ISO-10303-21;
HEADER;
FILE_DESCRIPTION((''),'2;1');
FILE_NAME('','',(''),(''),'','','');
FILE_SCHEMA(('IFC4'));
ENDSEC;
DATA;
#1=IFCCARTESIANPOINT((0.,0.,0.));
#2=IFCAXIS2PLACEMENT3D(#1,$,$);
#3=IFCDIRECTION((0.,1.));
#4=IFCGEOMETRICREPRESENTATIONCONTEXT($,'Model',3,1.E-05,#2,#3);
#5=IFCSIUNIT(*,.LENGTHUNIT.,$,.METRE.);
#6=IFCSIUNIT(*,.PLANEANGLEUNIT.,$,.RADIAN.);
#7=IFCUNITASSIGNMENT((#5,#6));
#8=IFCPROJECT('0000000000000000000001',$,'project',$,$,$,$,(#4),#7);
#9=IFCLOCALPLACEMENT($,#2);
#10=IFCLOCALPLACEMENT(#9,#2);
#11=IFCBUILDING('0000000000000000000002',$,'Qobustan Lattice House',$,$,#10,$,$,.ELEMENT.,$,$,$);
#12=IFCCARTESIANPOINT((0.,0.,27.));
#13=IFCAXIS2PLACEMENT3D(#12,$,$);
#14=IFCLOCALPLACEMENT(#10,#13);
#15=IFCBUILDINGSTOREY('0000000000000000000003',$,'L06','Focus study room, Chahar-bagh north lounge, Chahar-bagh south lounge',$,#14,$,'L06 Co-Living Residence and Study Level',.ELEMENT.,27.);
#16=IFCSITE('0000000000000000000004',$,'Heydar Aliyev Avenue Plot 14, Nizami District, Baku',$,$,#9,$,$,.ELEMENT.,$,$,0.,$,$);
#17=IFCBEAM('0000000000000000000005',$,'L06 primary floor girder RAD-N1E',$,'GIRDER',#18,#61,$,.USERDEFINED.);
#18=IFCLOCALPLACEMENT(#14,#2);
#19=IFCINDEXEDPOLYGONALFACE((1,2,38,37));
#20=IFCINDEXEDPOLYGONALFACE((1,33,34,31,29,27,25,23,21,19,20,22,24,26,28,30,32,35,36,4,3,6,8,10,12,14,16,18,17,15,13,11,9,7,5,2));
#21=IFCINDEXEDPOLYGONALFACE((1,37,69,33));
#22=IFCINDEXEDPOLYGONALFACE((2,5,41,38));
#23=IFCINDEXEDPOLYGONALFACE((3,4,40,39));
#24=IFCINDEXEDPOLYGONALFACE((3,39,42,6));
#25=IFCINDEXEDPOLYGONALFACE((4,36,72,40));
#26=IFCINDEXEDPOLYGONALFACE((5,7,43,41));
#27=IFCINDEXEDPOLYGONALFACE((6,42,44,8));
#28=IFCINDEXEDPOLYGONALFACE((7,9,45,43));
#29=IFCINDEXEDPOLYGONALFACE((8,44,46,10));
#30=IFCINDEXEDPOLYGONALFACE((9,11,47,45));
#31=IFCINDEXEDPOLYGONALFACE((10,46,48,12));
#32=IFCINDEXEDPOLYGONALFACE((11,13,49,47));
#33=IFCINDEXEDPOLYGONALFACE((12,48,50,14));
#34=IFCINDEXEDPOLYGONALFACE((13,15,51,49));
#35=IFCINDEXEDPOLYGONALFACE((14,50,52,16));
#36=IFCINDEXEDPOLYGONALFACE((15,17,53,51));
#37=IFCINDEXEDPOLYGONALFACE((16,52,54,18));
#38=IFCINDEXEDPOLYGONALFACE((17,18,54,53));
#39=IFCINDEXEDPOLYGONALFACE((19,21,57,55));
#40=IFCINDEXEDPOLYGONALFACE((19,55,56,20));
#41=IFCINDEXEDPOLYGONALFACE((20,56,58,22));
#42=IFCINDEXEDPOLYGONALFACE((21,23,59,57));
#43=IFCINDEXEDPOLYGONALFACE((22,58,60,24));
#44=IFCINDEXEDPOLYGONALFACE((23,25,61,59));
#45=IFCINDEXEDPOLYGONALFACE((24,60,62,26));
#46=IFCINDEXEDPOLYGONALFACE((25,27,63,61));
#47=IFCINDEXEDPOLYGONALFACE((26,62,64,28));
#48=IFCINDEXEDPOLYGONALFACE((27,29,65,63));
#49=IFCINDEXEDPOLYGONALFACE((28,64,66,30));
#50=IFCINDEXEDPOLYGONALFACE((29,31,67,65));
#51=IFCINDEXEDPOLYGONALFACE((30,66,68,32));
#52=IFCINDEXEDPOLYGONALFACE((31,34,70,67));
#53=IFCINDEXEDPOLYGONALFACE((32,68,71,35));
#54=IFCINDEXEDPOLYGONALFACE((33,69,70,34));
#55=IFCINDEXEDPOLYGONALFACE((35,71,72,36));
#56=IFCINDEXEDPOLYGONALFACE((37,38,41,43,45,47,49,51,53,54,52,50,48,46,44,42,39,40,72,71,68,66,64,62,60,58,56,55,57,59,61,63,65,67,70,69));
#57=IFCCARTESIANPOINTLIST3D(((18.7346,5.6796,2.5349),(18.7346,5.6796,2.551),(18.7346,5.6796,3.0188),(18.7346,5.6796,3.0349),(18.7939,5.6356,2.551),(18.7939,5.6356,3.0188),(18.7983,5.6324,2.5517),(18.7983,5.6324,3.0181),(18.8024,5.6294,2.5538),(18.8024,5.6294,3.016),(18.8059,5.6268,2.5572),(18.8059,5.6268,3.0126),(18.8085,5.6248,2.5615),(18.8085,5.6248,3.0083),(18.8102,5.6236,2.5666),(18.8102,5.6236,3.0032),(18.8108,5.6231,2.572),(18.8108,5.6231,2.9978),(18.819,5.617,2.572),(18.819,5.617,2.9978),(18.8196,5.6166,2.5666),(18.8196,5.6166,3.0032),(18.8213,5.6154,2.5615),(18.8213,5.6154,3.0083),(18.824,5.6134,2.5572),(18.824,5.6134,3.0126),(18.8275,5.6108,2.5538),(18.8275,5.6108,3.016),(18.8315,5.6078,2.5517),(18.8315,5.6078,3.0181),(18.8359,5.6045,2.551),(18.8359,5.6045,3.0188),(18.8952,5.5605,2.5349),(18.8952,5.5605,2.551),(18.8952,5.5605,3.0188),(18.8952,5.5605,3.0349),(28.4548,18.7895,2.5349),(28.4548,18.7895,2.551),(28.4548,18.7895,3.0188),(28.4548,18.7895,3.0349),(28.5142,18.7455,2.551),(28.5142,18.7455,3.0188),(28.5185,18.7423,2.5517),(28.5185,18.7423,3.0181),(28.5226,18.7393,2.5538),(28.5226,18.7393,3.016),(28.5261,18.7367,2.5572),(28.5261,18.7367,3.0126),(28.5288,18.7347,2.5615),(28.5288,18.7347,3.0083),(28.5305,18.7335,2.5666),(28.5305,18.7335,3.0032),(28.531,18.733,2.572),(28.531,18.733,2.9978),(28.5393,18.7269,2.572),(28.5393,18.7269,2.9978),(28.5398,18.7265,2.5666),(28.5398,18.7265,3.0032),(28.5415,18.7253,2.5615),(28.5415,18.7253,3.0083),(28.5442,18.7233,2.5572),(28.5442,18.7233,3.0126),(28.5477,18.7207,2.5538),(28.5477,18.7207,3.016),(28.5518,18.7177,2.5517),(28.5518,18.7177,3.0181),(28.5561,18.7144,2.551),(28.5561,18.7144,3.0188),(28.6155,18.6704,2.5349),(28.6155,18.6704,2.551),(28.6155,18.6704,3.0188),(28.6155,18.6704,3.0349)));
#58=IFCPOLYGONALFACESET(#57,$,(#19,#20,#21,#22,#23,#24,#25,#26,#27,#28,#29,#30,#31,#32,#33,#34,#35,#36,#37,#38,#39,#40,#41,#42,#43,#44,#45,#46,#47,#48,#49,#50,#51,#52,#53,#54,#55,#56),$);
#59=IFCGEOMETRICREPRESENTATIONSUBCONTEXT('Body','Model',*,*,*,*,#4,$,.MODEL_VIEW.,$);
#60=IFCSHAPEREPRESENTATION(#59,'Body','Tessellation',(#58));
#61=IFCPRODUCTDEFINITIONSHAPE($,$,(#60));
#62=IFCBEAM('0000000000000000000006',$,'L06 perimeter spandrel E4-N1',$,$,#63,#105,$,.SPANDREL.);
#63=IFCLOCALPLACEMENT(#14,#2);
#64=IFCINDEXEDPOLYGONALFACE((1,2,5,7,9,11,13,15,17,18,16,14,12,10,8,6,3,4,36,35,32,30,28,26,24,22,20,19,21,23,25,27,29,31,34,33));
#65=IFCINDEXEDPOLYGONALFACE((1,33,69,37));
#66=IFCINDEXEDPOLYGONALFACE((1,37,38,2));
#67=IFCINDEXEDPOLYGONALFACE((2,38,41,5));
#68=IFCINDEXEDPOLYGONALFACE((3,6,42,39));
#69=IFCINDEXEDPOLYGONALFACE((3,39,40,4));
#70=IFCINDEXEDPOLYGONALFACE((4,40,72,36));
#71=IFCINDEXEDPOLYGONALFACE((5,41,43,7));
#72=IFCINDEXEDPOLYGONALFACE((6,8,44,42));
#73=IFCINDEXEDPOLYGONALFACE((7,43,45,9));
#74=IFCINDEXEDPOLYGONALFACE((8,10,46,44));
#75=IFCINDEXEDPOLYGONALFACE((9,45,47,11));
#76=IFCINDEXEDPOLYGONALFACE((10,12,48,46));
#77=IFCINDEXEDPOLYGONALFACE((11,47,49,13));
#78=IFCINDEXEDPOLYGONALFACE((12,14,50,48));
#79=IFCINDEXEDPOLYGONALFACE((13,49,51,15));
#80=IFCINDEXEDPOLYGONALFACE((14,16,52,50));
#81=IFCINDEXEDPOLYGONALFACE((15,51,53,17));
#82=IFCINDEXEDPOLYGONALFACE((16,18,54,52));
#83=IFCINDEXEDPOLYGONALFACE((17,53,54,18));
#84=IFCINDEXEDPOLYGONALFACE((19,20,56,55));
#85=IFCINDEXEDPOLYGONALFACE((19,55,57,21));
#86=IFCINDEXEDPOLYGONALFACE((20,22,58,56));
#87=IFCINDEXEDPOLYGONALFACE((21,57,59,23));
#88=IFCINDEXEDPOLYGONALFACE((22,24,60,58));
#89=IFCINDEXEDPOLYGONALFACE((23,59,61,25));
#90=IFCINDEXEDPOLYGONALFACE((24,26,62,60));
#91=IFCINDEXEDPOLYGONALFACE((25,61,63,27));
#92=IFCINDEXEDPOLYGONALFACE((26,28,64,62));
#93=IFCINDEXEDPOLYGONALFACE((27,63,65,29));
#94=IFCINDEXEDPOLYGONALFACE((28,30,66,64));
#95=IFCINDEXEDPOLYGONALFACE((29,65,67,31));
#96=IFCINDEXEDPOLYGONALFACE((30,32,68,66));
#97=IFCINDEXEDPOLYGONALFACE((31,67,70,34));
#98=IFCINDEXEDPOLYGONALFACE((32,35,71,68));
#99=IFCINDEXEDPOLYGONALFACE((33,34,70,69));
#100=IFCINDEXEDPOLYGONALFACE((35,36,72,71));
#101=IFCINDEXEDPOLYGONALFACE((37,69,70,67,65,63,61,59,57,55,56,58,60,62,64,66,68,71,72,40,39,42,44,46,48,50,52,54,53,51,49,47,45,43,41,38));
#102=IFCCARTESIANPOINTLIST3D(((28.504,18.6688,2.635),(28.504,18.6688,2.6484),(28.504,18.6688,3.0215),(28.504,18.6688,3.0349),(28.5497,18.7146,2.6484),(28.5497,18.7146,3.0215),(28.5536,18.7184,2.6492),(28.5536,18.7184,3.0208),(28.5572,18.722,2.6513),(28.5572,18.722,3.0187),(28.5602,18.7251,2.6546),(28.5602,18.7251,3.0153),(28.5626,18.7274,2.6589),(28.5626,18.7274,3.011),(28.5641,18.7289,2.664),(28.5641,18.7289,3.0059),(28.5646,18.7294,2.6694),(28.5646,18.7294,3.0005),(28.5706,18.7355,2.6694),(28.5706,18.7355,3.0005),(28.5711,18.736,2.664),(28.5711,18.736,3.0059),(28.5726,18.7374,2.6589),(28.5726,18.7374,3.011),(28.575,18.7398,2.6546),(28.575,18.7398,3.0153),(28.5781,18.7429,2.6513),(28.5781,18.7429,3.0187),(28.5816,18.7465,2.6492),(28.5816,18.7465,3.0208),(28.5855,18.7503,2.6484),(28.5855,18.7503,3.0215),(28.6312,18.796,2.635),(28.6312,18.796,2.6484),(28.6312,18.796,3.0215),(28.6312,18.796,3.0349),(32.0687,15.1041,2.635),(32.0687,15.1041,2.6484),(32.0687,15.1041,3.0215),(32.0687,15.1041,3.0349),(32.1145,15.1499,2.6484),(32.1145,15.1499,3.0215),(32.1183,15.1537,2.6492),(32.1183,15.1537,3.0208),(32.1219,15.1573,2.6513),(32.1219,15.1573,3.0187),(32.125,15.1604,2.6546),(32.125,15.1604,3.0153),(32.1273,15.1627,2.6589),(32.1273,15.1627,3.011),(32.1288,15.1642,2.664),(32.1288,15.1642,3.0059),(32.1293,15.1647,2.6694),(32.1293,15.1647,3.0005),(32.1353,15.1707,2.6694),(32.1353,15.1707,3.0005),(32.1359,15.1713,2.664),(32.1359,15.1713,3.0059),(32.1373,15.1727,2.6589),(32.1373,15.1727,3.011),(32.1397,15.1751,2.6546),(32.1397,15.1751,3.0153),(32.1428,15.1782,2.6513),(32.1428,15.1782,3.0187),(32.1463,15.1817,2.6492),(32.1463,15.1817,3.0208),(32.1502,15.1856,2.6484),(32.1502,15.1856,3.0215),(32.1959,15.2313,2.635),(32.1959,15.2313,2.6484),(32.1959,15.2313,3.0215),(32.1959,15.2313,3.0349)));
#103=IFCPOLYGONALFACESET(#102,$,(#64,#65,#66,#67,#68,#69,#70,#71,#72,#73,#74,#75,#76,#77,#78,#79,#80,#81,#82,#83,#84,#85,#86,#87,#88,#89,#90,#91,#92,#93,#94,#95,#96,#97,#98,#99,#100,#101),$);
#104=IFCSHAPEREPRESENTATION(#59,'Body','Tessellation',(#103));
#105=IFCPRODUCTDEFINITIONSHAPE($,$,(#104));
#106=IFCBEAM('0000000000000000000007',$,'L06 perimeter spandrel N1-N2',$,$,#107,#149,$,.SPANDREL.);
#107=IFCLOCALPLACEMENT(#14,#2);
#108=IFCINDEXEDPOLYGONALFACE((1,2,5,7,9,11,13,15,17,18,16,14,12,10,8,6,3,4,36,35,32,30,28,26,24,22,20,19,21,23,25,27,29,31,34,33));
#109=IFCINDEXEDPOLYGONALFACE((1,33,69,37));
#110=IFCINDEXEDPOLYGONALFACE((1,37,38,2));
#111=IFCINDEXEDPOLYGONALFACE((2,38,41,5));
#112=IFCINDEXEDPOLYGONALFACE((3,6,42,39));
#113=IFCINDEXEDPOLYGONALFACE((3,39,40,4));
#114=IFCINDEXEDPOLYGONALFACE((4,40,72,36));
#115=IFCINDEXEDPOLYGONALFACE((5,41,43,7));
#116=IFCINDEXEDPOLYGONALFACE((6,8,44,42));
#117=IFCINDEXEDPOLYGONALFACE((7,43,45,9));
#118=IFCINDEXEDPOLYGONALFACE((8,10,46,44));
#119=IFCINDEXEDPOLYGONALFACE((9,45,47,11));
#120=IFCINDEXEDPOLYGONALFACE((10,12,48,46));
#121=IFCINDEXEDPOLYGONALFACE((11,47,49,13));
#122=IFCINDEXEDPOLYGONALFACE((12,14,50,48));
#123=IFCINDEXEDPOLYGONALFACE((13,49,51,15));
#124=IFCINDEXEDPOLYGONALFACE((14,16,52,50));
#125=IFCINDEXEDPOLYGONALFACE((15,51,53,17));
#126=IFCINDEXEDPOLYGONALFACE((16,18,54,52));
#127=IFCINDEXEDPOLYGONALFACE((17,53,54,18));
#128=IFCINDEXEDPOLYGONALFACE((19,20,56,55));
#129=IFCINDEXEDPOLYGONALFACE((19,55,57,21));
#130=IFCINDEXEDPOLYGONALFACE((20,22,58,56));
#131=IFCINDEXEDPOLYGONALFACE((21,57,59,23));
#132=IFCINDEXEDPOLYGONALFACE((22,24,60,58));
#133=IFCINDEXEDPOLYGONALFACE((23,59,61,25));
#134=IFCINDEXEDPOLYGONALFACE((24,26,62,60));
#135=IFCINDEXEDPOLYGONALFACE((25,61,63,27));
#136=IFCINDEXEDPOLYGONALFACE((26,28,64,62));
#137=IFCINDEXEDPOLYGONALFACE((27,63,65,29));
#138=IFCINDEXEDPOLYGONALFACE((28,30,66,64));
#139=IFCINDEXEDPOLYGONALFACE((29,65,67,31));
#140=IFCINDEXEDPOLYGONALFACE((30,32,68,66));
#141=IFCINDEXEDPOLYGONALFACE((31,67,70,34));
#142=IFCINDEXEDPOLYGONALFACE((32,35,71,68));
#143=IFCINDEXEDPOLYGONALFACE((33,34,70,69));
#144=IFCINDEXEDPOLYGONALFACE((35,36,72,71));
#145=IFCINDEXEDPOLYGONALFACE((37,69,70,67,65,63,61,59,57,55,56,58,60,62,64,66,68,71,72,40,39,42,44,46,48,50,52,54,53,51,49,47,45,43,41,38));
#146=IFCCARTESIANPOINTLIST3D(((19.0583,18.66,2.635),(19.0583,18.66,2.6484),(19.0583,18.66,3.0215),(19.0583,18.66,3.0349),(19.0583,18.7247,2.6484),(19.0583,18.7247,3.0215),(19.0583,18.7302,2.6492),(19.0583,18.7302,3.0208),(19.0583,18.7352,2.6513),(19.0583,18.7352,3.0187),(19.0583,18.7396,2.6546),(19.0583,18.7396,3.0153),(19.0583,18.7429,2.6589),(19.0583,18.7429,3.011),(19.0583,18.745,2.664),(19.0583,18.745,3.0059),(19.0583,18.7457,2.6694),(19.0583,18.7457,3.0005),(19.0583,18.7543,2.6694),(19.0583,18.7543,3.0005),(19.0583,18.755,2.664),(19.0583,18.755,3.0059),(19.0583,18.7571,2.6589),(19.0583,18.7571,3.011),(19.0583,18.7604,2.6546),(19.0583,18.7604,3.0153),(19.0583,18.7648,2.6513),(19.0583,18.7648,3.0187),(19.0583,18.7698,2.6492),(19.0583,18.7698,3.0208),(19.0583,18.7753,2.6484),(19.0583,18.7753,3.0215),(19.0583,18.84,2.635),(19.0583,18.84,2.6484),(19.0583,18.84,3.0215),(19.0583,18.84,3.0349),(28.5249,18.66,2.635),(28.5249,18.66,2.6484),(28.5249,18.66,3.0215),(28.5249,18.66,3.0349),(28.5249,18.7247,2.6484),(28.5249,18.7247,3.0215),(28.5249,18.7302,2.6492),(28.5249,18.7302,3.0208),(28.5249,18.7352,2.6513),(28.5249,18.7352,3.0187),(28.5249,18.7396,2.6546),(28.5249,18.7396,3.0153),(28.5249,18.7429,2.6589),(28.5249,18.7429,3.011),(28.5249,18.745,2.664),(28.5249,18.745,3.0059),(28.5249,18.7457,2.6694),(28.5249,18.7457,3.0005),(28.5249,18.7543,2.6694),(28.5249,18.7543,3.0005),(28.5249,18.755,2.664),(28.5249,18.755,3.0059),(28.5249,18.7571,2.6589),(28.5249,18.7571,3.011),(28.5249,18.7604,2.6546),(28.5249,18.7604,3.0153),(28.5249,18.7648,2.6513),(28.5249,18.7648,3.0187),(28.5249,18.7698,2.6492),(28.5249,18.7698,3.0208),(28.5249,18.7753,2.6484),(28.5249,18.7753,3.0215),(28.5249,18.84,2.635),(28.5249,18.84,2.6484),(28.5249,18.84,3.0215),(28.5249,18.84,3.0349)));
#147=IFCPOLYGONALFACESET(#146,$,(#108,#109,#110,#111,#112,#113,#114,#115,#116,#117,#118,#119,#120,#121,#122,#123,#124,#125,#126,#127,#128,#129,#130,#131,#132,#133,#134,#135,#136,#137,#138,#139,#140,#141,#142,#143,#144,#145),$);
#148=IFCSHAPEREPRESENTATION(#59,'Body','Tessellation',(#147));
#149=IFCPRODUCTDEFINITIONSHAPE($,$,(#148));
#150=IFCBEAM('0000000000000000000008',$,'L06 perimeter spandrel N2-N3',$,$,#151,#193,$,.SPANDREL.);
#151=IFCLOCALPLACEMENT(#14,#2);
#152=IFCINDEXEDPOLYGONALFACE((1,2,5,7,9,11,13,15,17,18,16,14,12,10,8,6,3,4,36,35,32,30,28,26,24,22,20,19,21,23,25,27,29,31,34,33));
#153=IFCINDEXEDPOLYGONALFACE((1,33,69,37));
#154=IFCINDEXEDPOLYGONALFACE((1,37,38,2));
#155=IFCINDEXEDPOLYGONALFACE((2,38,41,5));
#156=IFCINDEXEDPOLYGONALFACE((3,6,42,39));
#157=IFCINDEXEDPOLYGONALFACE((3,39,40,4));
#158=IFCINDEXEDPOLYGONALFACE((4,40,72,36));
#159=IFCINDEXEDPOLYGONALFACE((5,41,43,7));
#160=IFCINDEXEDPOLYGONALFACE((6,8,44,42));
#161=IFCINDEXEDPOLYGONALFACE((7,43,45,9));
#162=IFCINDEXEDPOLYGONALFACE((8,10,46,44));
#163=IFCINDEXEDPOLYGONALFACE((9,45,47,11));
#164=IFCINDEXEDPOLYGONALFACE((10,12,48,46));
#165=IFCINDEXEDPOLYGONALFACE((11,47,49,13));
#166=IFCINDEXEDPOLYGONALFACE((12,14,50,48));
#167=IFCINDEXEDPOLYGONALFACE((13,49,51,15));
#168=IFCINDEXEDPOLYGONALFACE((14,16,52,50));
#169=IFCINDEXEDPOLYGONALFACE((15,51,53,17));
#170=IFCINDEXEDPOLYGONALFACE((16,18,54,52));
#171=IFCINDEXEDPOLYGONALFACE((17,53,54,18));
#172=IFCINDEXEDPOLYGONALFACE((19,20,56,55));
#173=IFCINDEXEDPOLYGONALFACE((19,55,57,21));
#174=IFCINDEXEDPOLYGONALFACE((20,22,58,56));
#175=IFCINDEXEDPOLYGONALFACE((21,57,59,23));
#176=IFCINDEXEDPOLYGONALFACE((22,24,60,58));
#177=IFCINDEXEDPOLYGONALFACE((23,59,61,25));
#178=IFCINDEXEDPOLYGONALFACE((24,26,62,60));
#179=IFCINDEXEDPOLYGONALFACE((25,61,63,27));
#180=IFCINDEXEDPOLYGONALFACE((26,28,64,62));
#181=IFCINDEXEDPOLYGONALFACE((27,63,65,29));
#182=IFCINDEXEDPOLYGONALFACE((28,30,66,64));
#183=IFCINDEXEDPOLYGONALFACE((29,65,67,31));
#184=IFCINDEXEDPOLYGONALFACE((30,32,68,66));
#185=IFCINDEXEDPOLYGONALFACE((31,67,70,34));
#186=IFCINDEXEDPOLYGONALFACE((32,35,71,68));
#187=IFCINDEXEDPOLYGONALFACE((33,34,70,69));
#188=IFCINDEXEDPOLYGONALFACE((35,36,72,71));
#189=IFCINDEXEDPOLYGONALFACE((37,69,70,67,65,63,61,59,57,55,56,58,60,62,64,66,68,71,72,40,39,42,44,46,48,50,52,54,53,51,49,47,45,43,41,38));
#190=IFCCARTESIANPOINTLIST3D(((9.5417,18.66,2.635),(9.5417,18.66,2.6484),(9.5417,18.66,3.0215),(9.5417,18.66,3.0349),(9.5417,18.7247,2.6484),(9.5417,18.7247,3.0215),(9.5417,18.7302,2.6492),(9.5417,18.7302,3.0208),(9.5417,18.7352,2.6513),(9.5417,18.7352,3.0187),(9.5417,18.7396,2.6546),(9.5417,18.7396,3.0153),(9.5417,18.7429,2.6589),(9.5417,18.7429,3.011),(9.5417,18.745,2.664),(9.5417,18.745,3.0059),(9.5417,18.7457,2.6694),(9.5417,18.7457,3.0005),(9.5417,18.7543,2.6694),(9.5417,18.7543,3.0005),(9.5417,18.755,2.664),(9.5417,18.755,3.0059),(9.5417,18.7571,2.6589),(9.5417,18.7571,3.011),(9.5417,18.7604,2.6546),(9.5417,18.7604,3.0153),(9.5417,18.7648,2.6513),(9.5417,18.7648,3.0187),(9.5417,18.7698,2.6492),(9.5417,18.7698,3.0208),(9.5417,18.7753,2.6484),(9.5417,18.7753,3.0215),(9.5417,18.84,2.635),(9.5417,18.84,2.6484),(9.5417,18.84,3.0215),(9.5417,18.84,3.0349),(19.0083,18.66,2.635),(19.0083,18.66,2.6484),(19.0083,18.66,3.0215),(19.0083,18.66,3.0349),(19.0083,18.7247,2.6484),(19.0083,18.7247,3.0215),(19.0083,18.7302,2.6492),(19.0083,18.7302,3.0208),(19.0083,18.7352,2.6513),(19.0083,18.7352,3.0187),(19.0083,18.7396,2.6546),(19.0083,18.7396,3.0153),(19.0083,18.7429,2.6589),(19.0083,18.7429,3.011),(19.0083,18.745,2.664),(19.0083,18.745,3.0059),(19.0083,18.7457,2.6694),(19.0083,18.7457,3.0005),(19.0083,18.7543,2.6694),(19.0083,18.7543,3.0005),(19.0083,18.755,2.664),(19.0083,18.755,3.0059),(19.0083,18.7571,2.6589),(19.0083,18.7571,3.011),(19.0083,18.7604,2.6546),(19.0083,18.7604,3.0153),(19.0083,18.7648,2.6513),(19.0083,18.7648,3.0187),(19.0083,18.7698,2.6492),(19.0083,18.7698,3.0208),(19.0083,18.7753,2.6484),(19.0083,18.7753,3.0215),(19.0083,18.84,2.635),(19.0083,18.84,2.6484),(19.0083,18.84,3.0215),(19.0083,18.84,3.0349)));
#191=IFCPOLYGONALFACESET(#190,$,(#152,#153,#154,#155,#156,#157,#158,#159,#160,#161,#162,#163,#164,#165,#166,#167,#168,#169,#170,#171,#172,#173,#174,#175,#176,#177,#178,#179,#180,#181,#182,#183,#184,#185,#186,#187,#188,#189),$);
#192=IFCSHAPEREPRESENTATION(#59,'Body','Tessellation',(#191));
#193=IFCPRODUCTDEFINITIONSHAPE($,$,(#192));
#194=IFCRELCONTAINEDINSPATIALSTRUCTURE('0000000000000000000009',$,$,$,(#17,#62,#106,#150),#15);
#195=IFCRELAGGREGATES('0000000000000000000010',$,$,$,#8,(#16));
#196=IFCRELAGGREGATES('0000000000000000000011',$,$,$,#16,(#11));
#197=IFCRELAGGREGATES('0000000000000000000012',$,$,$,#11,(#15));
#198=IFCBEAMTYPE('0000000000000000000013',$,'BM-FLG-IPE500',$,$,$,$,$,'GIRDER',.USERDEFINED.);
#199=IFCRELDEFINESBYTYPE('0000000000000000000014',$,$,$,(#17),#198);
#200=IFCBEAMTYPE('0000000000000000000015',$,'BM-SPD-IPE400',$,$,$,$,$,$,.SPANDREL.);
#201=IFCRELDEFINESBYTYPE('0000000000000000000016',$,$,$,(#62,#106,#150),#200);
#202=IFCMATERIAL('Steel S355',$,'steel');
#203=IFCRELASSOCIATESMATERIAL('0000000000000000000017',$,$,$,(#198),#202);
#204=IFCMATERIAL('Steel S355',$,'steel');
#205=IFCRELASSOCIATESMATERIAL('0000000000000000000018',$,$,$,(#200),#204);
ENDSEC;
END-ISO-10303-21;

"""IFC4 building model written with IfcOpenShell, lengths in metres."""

from ifc_helpers import new_model, si_unit, direction, frame, origin, origin_2d, place, context, subcontext, project, spatial, i_section, extrude, material, material_profile, profile_set, type_object, element, save


model = new_model("IFC4")

# Units and contexts
model_context = context("Model", 3, precision=1e-05, world=origin(), true_north=direction((0.0, 1.0)))
body_context = subcontext(model_context, "Body", "Model", "MODEL_VIEW")
ifc_project = project(units=[si_unit("LENGTHUNIT", "METRE"), si_unit("PLANEANGLEUNIT", "RADIAN")], contexts=[model_context])

# Site, building, storey
site_placement = place(None, origin())
site = spatial("IfcSite", under=ifc_project, at=site_placement, Name="Heydar Aliyev Avenue Plot 14, Nizami District, Baku", CompositionType="ELEMENT", RefElevation=0.0)
building_placement = place(site_placement, origin())
building = spatial("IfcBuilding", under=site, at=building_placement, Name="Qobustan Lattice House", CompositionType="ELEMENT")
storey_placement = place(building_placement, frame((0.0, 0.0, 27.0)))
storey = spatial("IfcBuildingStorey", under=building, at=storey_placement, Name="L06", Description="Focus study room, Chahar-bagh north lounge, Chahar-bagh south lounge", LongName="L06 Co-Living Residence and Study Level", CompositionType="ELEMENT", Elevation=27.0)

# Beams
ifc_material_1 = material(Name="Steel S355", Category="steel")
ifc_material_profile_1 = material_profile(ifc_material_1, i_section(OverallWidth=0.2, OverallDepth=0.5, WebThickness=0.0103, FlangeThickness=0.0161, FilletRadius=0.021, at=origin_2d()), Name="IPE500")
ifc_profile_set_1 = profile_set([ifc_material_profile_1], Name="Steel S355")
beam_type_1 = type_object("IfcBeamType", Name="BM-FLG-IPE500", ElementType="GIRDER", PredefinedType="USERDEFINED", material=ifc_profile_set_1)
beam_1_placement = place(storey_placement, frame((28.5352, 18.73, 2.7849), z_axis=(-0.595592, -0.803287, 0.0), x_axis=(0.803287, -0.595592, 0.0)))
element("IfcBeam", 1, at=beam_1_placement, inside=storey, type_object=beam_type_1, Name="L06 primary floor girder RAD-N1E", ObjectType="GIRDER", PredefinedType="USERDEFINED", context=body_context, shape_type="SweptSolid", body=[
    extrude(i_section(OverallWidth=0.2, OverallDepth=0.5, WebThickness=0.0103, FlangeThickness=0.0161, FilletRadius=0.021, at=origin_2d()), origin(), (0.0, 0.0, 1.0), 16.3203),
])
ifc_material_2 = material(Name="Steel S355", Category="steel")
ifc_material_profile_2 = material_profile(ifc_material_2, i_section(OverallWidth=0.1799, OverallDepth=0.3999, WebThickness=0.0085, FlangeThickness=0.0134, FilletRadius=0.021, at=origin_2d()), Name="IPE400")
ifc_profile_set_2 = profile_set([ifc_material_profile_2], Name="Steel S355")
beam_type_2 = type_object("IfcBeamType", Name="BM-SPD-IPE400", PredefinedType="SPANDREL", material=ifc_profile_set_2)
beam_2_placement = place(storey_placement, frame((32.1323, 15.1677, 2.835), z_axis=(-0.707107, 0.707107, 0.0), x_axis=(-0.707107, -0.707107, 0.0)))
element("IfcBeam", 2, at=beam_2_placement, inside=storey, type_object=beam_type_2, Name="L06 perimeter spandrel E4-N1", PredefinedType="SPANDREL", context=body_context, shape_type="SweptSolid", body=[
    extrude(i_section(OverallWidth=0.1799, OverallDepth=0.3999, WebThickness=0.0085, FlangeThickness=0.0134, FilletRadius=0.021, at=origin_2d()), origin(), (0.0, 0.0, 1.0), 5.0413),
])
for number, where, z_axis, x_axis, name in (
    (3, (28.5249, 18.75, 2.835), (-1.0, 0.0, 0.0), (0.0, -1.0, 0.0), "L06 perimeter spandrel N1-N2"),
    (4, (19.0083, 18.75, 2.835), (-1.0, 0.0, 0.0), (0.0, -1.0, 0.0), "L06 perimeter spandrel N2-N3"),
):
    element("IfcBeam", number, at=place(storey_placement, frame(where, z_axis=z_axis, x_axis=x_axis)), inside=storey, type_object=beam_type_2, Name=name, PredefinedType="SPANDREL", context=body_context, shape_type="SweptSolid", body=[
        extrude(i_section(OverallWidth=0.1799, OverallDepth=0.3999, WebThickness=0.0085, FlangeThickness=0.0134, FilletRadius=0.021, at=origin_2d()), origin(), (0.0, 0.0, 1.0), 9.4666),
    ])

save(model, "model.ifc")
